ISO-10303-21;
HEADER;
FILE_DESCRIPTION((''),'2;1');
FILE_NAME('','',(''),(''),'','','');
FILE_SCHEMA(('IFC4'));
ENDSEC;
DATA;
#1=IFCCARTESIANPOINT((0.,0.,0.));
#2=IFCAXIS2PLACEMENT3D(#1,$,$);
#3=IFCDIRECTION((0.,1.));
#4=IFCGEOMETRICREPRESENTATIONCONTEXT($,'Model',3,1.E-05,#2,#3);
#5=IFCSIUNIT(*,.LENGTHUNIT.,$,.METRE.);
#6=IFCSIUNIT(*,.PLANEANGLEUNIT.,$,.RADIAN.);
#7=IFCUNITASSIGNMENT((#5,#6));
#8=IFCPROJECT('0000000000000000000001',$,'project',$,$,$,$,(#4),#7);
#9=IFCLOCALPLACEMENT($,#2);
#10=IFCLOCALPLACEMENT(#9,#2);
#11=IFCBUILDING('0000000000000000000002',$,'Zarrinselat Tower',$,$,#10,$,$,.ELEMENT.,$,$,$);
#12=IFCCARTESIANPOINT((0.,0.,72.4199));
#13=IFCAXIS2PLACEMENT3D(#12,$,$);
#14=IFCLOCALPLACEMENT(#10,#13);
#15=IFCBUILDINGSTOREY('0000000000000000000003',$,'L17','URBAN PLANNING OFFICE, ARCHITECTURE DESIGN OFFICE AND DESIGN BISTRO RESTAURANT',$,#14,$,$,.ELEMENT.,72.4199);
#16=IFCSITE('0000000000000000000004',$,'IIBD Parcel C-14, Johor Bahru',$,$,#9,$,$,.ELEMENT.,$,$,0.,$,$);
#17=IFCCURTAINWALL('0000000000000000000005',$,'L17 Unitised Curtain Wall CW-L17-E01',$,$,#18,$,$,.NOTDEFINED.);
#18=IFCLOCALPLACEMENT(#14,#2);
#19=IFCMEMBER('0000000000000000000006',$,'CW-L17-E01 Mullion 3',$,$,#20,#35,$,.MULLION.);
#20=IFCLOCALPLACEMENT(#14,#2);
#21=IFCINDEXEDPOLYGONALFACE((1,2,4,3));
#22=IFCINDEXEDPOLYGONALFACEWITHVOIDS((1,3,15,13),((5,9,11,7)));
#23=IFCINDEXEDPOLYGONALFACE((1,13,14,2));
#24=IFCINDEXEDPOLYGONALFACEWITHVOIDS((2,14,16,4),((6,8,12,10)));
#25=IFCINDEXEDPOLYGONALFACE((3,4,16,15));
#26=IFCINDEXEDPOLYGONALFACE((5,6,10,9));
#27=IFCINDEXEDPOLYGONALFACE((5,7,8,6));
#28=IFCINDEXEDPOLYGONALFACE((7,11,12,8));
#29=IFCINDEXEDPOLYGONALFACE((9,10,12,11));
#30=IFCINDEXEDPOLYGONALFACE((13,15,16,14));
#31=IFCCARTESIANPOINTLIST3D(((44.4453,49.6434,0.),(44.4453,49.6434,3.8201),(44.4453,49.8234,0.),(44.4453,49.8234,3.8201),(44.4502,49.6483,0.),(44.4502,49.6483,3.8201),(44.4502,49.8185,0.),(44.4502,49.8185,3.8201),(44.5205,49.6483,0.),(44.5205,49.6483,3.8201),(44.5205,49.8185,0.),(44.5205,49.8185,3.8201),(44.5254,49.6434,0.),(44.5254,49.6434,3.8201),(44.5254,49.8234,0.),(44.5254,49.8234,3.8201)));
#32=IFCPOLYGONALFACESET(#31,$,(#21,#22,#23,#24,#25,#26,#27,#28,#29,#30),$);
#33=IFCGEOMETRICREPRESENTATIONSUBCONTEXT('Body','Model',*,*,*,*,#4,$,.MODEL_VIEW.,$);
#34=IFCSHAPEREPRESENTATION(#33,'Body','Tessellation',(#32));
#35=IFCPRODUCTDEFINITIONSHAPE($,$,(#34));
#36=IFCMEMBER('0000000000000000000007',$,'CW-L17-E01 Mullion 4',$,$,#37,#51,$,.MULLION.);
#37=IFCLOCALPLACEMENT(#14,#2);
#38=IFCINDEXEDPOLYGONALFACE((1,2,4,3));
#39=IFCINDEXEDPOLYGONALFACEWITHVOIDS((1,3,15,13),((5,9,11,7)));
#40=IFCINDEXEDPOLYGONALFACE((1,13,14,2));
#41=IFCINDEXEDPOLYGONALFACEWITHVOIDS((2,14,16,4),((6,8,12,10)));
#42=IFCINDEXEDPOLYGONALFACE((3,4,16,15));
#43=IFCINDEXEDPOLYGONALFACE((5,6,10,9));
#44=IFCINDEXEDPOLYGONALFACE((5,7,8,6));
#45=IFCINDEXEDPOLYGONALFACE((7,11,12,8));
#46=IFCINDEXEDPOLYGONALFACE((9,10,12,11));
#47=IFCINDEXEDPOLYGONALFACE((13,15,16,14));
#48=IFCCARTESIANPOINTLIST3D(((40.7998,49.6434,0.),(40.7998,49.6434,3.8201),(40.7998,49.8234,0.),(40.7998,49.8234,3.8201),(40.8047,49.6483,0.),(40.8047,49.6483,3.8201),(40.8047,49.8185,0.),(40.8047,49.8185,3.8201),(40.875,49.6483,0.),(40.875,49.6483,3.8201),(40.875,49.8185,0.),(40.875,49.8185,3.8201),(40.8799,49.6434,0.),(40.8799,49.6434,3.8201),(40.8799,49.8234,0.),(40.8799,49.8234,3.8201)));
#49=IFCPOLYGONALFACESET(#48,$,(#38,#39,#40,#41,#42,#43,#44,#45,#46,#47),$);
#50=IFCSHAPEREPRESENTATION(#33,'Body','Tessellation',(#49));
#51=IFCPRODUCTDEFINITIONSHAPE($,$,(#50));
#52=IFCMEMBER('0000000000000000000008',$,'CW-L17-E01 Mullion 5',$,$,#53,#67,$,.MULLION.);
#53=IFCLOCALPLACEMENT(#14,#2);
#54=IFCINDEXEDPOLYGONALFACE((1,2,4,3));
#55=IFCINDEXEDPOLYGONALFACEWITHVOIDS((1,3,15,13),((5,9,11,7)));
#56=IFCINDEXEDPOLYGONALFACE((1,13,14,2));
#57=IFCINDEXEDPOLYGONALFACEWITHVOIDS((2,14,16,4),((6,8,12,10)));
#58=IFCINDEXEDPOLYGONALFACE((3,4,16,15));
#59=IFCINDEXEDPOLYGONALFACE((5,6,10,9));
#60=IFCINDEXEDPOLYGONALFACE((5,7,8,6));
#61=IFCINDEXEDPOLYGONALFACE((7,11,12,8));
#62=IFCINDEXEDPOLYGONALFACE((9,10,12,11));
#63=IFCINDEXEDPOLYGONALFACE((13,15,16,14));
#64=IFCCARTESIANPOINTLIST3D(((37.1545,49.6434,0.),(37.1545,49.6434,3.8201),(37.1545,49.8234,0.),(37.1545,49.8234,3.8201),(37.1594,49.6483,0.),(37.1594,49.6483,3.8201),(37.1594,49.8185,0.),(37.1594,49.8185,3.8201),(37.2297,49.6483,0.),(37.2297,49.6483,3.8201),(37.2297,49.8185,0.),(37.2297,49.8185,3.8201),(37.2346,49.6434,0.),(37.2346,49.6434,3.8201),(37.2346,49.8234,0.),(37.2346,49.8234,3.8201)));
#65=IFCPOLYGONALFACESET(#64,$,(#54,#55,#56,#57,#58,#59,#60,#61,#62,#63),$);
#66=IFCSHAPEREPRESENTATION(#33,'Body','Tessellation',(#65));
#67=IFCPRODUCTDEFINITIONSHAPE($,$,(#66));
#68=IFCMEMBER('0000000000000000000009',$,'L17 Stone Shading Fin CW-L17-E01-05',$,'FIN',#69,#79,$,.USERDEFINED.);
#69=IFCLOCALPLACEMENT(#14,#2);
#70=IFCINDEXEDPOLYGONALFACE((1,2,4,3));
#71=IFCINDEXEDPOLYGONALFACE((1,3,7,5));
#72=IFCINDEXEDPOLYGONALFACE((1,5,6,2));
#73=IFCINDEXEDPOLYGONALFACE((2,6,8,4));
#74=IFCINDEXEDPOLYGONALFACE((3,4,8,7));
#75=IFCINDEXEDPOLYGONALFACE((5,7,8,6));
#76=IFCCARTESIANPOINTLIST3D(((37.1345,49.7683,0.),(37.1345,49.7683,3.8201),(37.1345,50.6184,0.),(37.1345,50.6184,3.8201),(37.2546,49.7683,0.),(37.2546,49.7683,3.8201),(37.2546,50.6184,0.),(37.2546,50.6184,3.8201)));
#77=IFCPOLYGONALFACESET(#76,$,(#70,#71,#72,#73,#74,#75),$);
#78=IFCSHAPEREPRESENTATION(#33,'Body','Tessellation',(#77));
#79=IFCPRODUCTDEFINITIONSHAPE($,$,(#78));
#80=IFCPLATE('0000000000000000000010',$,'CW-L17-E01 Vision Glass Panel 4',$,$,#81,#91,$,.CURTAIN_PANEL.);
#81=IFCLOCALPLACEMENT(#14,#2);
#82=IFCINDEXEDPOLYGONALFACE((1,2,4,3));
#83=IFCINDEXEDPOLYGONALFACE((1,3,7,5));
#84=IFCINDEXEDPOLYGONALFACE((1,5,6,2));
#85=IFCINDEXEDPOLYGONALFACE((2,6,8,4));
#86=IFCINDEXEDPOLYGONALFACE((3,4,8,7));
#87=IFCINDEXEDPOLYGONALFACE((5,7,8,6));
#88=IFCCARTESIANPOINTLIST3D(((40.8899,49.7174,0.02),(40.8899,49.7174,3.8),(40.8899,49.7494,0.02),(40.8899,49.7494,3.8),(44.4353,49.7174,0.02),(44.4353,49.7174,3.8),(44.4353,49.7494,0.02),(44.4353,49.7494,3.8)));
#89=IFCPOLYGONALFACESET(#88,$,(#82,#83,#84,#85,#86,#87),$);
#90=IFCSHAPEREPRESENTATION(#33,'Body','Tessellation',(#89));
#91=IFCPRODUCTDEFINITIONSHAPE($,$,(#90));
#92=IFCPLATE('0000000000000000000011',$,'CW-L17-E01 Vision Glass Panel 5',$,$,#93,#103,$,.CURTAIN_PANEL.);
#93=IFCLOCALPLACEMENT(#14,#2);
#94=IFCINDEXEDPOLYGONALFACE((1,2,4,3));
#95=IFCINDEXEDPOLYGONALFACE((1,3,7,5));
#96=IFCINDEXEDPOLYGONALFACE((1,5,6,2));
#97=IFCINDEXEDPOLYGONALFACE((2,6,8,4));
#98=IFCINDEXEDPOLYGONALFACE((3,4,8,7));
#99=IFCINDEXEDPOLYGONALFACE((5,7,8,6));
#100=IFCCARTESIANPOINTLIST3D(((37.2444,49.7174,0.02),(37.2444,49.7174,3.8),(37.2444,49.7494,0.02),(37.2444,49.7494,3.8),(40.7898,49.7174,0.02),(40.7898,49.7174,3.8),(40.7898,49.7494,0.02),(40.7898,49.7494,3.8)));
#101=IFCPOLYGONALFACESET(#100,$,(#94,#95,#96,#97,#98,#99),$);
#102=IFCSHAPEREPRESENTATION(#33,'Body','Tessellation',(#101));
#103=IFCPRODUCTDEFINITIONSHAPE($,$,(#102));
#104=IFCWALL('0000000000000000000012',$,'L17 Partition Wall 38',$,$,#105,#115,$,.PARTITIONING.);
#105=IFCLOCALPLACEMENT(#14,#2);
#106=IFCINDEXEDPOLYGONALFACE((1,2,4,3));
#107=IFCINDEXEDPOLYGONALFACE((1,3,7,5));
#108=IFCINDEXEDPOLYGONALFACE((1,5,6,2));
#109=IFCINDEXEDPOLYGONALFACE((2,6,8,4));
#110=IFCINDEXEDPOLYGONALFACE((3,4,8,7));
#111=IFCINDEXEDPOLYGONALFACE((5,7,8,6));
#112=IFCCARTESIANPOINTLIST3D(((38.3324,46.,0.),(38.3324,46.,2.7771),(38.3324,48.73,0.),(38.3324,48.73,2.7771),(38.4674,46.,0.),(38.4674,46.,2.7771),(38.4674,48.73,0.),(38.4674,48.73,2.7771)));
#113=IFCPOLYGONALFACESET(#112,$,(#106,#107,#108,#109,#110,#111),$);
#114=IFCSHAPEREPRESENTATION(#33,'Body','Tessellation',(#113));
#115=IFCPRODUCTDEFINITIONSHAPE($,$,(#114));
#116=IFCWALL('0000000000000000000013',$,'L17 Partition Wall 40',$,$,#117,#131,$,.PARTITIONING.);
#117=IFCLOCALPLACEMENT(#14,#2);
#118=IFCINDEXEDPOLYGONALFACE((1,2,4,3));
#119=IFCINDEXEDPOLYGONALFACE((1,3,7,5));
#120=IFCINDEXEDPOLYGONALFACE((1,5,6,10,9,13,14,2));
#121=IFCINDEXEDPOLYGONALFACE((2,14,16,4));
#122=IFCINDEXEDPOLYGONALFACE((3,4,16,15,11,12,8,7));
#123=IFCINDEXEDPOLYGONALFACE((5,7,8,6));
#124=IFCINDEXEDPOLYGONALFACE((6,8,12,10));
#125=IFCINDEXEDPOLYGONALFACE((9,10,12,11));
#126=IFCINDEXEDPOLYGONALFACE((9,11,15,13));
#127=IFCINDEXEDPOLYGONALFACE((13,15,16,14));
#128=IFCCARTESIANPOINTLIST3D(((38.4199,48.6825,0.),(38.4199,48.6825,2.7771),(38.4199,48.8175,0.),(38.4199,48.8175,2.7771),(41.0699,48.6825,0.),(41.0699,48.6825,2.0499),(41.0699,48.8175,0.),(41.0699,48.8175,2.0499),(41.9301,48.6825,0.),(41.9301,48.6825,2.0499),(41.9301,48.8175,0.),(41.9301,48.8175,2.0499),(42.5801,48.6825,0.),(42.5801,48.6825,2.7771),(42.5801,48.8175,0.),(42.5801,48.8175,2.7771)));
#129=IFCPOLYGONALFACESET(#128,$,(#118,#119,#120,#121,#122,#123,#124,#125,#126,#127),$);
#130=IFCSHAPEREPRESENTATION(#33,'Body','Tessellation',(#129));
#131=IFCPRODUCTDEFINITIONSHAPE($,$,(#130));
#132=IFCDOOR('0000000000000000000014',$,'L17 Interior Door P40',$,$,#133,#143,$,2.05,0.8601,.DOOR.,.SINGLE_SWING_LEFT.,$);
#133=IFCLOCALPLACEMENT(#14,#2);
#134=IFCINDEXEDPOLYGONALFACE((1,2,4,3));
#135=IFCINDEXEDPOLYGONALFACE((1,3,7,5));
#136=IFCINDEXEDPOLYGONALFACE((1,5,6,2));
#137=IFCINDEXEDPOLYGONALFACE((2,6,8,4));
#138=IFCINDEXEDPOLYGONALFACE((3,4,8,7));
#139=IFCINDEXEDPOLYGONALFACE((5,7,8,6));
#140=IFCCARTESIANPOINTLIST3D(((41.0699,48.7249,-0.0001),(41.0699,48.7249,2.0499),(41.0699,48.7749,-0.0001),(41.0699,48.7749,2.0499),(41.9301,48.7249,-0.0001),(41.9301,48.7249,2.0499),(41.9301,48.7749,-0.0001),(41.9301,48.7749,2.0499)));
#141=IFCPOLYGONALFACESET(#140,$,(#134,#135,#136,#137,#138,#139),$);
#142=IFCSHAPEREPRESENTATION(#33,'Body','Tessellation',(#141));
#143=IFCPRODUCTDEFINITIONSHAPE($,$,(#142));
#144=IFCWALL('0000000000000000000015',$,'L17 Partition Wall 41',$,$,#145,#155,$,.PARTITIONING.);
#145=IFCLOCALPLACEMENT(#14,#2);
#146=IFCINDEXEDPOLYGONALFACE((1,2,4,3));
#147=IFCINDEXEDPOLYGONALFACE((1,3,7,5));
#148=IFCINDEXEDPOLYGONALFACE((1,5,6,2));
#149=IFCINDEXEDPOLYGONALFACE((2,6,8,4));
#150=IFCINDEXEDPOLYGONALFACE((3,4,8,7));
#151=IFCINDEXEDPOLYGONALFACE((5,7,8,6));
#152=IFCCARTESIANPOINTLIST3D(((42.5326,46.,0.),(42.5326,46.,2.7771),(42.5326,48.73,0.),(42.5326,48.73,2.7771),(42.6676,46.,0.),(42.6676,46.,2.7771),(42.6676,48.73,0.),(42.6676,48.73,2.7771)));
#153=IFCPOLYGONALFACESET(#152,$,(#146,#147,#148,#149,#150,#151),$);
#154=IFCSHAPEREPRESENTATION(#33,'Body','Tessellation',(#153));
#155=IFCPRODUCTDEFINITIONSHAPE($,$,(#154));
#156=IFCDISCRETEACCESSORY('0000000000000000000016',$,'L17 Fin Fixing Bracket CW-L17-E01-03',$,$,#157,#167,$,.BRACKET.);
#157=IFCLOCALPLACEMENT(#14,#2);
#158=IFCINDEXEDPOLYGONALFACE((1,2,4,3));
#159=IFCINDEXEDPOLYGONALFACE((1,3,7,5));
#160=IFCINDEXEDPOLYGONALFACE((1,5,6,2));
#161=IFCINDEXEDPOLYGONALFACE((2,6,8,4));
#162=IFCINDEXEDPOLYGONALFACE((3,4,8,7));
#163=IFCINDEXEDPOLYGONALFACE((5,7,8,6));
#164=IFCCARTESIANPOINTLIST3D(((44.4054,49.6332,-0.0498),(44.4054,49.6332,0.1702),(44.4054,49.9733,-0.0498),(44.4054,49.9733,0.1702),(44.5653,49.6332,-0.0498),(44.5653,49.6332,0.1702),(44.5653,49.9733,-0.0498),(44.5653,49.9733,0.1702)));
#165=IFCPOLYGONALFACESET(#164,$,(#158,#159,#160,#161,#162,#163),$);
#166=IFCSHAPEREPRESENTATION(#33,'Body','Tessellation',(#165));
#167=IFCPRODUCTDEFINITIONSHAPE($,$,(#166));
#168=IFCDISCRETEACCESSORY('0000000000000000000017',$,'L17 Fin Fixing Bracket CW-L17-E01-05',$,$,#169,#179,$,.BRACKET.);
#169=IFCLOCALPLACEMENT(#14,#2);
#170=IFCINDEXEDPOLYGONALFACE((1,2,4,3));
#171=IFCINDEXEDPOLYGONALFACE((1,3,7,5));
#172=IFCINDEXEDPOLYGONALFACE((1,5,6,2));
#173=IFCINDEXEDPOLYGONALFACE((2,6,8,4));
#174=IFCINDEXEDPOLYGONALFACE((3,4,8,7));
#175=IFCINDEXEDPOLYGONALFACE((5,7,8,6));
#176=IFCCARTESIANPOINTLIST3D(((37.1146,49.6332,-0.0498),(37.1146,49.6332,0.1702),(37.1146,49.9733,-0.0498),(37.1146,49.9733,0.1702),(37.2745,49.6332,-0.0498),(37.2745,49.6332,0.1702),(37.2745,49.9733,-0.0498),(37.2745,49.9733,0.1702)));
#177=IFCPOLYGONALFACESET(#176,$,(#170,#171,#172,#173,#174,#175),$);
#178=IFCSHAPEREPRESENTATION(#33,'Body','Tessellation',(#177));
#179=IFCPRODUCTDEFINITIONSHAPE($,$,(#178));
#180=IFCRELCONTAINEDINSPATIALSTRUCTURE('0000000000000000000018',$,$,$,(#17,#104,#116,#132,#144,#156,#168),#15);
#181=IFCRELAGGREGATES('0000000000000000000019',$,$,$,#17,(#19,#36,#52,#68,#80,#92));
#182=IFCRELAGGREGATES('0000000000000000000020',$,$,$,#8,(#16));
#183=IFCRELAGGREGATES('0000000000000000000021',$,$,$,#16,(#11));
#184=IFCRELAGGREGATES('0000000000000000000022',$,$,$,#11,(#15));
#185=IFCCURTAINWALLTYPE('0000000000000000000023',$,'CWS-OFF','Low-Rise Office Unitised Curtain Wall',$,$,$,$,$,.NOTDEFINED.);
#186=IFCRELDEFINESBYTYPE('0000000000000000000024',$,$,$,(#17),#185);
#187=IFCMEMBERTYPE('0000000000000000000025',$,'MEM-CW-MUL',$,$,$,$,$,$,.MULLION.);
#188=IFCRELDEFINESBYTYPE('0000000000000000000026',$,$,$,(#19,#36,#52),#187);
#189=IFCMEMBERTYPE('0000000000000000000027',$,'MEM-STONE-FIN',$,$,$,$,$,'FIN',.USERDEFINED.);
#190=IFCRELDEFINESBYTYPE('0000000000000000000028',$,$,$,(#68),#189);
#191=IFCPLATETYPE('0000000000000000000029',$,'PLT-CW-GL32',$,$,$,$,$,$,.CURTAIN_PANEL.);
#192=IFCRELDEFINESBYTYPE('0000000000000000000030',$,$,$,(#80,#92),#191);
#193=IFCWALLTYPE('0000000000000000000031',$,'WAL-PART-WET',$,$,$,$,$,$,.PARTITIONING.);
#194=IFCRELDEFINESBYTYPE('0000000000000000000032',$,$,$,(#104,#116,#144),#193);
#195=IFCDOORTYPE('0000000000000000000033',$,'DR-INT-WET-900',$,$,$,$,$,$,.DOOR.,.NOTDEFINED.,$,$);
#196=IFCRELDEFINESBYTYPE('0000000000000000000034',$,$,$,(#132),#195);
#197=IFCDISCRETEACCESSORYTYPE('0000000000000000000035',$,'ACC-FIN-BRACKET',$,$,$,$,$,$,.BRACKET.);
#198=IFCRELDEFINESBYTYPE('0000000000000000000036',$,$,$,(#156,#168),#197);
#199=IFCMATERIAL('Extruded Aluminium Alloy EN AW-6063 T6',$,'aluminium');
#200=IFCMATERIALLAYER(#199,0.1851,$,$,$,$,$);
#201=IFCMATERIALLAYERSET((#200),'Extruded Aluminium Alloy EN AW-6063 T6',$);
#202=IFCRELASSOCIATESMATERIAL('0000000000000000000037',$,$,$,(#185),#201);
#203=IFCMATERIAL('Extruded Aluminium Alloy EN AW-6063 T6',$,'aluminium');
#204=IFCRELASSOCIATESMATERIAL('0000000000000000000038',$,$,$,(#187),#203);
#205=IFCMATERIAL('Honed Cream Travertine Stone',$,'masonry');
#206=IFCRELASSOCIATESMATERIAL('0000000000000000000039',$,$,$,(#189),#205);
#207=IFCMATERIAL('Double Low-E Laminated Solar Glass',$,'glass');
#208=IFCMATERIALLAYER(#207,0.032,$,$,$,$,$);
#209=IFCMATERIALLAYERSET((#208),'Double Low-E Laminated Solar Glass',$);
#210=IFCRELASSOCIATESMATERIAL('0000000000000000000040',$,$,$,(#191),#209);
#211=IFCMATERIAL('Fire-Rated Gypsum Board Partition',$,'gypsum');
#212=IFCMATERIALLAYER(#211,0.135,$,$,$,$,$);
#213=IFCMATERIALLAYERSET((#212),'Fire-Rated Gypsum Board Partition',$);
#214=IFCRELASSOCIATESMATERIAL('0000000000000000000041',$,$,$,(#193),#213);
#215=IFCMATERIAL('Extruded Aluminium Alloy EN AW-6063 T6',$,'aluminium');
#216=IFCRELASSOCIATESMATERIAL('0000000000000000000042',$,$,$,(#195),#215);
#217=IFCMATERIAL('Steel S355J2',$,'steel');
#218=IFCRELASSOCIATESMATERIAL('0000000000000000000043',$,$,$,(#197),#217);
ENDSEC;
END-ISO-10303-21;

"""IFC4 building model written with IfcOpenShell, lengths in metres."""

from ifc_helpers import new_model, si_unit, direction, frame, frame_2d, origin, origin_2d, place, context, subcontext, project, spatial, rectangle, hollow_rectangle, extrude, material, layer, layer_set, material_profile, profile_set, type_object, element, fill, aggregate, save


model = new_model("IFC4")

# Units and contexts
model_context = context("Model", 3, precision=1e-05, world=origin(), true_north=direction((0.0, 1.0)))
body_context = subcontext(model_context, "Body", "Model", "MODEL_VIEW")
ifc_project = project(units=[si_unit("LENGTHUNIT", "METRE"), si_unit("PLANEANGLEUNIT", "RADIAN")], contexts=[model_context])

# Site, building, storey
site_placement = place(None, origin())
site = spatial("IfcSite", under=ifc_project, at=site_placement, Name="IIBD Parcel C-14, Johor Bahru", CompositionType="ELEMENT", RefElevation=0.0)
building_placement = place(site_placement, origin())
building = spatial("IfcBuilding", under=site, at=building_placement, Name="Zarrinselat Tower", CompositionType="ELEMENT")
storey_placement = place(building_placement, frame((0.0, 0.0, 72.4199)))
storey = spatial("IfcBuildingStorey", under=building, at=storey_placement, Name="L17", Description="URBAN PLANNING OFFICE, ARCHITECTURE DESIGN OFFICE AND DESIGN BISTRO RESTAURANT", CompositionType="ELEMENT", Elevation=72.4199)

# Curtain wall, members, plates
ifc_material_1 = material(Name="Extruded Aluminium Alloy EN AW-6063 T6", Category="aluminium")
ifc_layer_1 = layer(ifc_material_1, 0.1851)
ifc_layer_set_1 = layer_set([ifc_layer_1], Name="Extruded Aluminium Alloy EN AW-6063 T6")
curtain_wall_type = type_object("IfcCurtainWallType", Name="CWS-OFF", Description="Low-Rise Office Unitised Curtain Wall", PredefinedType="NOTDEFINED", material=ifc_layer_set_1)
curtain_wall_placement = place(storey_placement, origin())
curtain_wall = element("IfcCurtainWall", 1, at=curtain_wall_placement, inside=storey, type_object=curtain_wall_type, Name="L17 Unitised Curtain Wall CW-L17-E01", PredefinedType="NOTDEFINED")
ifc_material_2 = material(Name="Extruded Aluminium Alloy EN AW-6063 T6", Category="aluminium")
ifc_material_profile_1 = material_profile(ifc_material_2, hollow_rectangle(XDim=0.0801, YDim=0.1799, WallThickness=0.0049, at=origin_2d()), Name="RHS 180x80x5")
ifc_profile_set_1 = profile_set([ifc_material_profile_1], Name="Extruded Aluminium Alloy EN AW-6063 T6")
member_type_1 = type_object("IfcMemberType", Name="MEM-CW-MUL", PredefinedType="MULLION", material=ifc_profile_set_1)
member_1_placement = place(storey_placement, frame((44.4854, 49.7334, 0.0), z_axis=(0.0, 0.0, 1.0), x_axis=(-1.0, 0.0, 0.0)))
member_1 = element("IfcMember", 2, at=member_1_placement, type_object=member_type_1, Name="CW-L17-E01 Mullion 3", PredefinedType="MULLION", context=body_context, shape_type="SweptSolid", body=[
    extrude(hollow_rectangle(XDim=0.0801, YDim=0.1799, WallThickness=0.0049, at=origin_2d()), origin(), (0.0, 0.0, 1.0), 3.8201),
])
member_2_placement = place(storey_placement, frame((40.8398, 49.7334, 0.0), z_axis=(0.0, 0.0, 1.0), x_axis=(-1.0, 0.0, 0.0)))
member_2 = element("IfcMember", 3, at=member_2_placement, type_object=member_type_1, Name="CW-L17-E01 Mullion 4", PredefinedType="MULLION", context=body_context, shape_type="SweptSolid", body=[
    extrude(hollow_rectangle(XDim=0.0801, YDim=0.1799, WallThickness=0.0049, at=origin_2d()), origin(), (0.0, 0.0, 1.0), 3.8201),
])
member_3_placement = place(storey_placement, frame((37.1946, 49.7334, 0.0), z_axis=(0.0, 0.0, 1.0), x_axis=(-1.0, 0.0, 0.0)))
member_3 = element("IfcMember", 4, at=member_3_placement, type_object=member_type_1, Name="CW-L17-E01 Mullion 5", PredefinedType="MULLION", context=body_context, shape_type="SweptSolid", body=[
    extrude(hollow_rectangle(XDim=0.0801, YDim=0.1799, WallThickness=0.0049, at=origin_2d()), origin(), (0.0, 0.0, 1.0), 3.8201),
])
ifc_material_3 = material(Name="Honed Cream Travertine Stone", Category="masonry")
ifc_material_profile_2 = material_profile(ifc_material_3, rectangle(XDim=0.1201, YDim=0.8501, at=origin_2d()), Name="FIN 850x120")
ifc_profile_set_2 = profile_set([ifc_material_profile_2], Name="Honed Cream Travertine Stone")
member_type_2 = type_object("IfcMemberType", Name="MEM-STONE-FIN", ElementType="FIN", PredefinedType="USERDEFINED", material=ifc_profile_set_2)
member_4_placement = place(storey_placement, frame((37.1946, 50.1934, 0.0), z_axis=(0.0, 0.0, 1.0), x_axis=(1.0, 0.0, 0.0)))
member_4 = element("IfcMember", 5, at=member_4_placement, type_object=member_type_2, Name="L17 Stone Shading Fin CW-L17-E01-05", ObjectType="FIN", PredefinedType="USERDEFINED", context=body_context, shape_type="SweptSolid", body=[
    extrude(rectangle(XDim=0.1201, YDim=0.8501, at=origin_2d()), origin(), (0.0, 0.0, 1.0), 3.8201),
])
ifc_material_4 = material(Name="Double Low-E Laminated Solar Glass", Category="glass")
ifc_layer_2 = layer(ifc_material_4, 0.032)
ifc_layer_set_2 = layer_set([ifc_layer_2], Name="Double Low-E Laminated Solar Glass")
plate_type = type_object("IfcPlateType", Name="PLT-CW-GL32", PredefinedType="CURTAIN_PANEL", material=ifc_layer_set_2)
plate_1_placement = place(storey_placement, frame((42.6626, 49.7334, 0.02), z_axis=(0.0, 0.0, 1.0), x_axis=(-1.0, 0.0, 0.0)))
plate_1 = element("IfcPlate", 6, at=plate_1_placement, type_object=plate_type, Name="CW-L17-E01 Vision Glass Panel 4", PredefinedType="CURTAIN_PANEL", context=body_context, shape_type="SweptSolid", body=[
    extrude(rectangle(XDim=3.5454, YDim=0.032, at=origin_2d()), origin(), (0.0, 0.0, 1.0), 3.78),
])
plate_2_placement = place(storey_placement, frame((39.0171, 49.7334, 0.02), z_axis=(0.0, 0.0, 1.0), x_axis=(-1.0, 0.0, 0.0)))
plate_2 = element("IfcPlate", 7, at=plate_2_placement, type_object=plate_type, Name="CW-L17-E01 Vision Glass Panel 5", PredefinedType="CURTAIN_PANEL", context=body_context, shape_type="SweptSolid", body=[
    extrude(rectangle(XDim=3.5454, YDim=0.032, at=origin_2d()), origin(), (0.0, 0.0, 1.0), 3.78),
])
aggregate(curtain_wall, [member_1, member_2, member_3, member_4, plate_1, plate_2])

# Wall
ifc_material_5 = material(Name="Fire-Rated Gypsum Board Partition", Category="gypsum")
ifc_layer_3 = layer(ifc_material_5, 0.135)
ifc_layer_set_3 = layer_set([ifc_layer_3], Name="Fire-Rated Gypsum Board Partition")
wall_type = type_object("IfcWallType", Name="WAL-PART-WET", PredefinedType="PARTITIONING", material=ifc_layer_set_3)
wall_1_placement = place(storey_placement, frame((38.3999, 46.0, 0.0), z_axis=(0.0, 0.0, 1.0), x_axis=(0.0, 1.0, 0.0)))
element("IfcWall", 8, at=wall_1_placement, inside=storey, type_object=wall_type, Name="L17 Partition Wall 38", PredefinedType="PARTITIONING", context=body_context, shape_type="SweptSolid", body=[
    extrude(rectangle(XDim=2.73, YDim=0.135, at=frame_2d((1.365, 0.0))), origin(), (0.0, 0.0, 1.0), 2.7771),
])

# Wall, opening, door
wall_2_placement = place(storey_placement, frame((38.4199, 48.75, 0.0), z_axis=(0.0, 0.0, 1.0), x_axis=(1.0, 0.0, 0.0)))
wall_2 = element("IfcWall", 9, at=wall_2_placement, inside=storey, type_object=wall_type, Name="L17 Partition Wall 40", PredefinedType="PARTITIONING", context=body_context, shape_type="SweptSolid", body=[
    extrude(rectangle(XDim=4.1602, YDim=0.135, at=frame_2d((2.0801, 0.0))), origin(), (0.0, 0.0, 1.0), 2.7771),
])
opening_placement = place(wall_2_placement, frame((2.6499, 0.0, 0.0)))
opening = element("IfcOpeningElement", 10, at=opening_placement, cuts=wall_2, PredefinedType="OPENING", context=body_context, shape_type="SweptSolid", body=[
    extrude(rectangle(XDim=0.8601, YDim=2.05, at=frame_2d((0.4302, 1.0249))), frame((0.0, 0.0774, 0.0), z_axis=(0.0, -1.0, 0.0), x_axis=(1.0, 0.0, 0.0)), (0.0, 0.0, 1.0), 0.155),
])
ifc_material_6 = material(Name="Extruded Aluminium Alloy EN AW-6063 T6", Category="aluminium")
door_type = type_object("IfcDoorType", Name="DR-INT-WET-900", OperationType="NOTDEFINED", PredefinedType="DOOR", material=ifc_material_6)
door_placement = place(opening_placement, origin())
door = element("IfcDoor", 11, at=door_placement, inside=storey, type_object=door_type, Name="L17 Interior Door P40", OperationType="SINGLE_SWING_LEFT", OverallHeight=2.05, OverallWidth=0.8601, PredefinedType="DOOR", context=body_context, shape_type="SweptSolid", body=[
    extrude(rectangle(XDim=0.8601, YDim=2.05, at=frame_2d((0.4302, 1.0249))), frame((0.0, 0.0249, 0.0), z_axis=(0.0, -1.0, 0.0), x_axis=(1.0, 0.0, 0.0)), (0.0, 0.0, 1.0), 0.05),
])
fill(opening, door)

# Wall
wall_3_placement = place(storey_placement, frame((42.6001, 46.0, 0.0), z_axis=(0.0, 0.0, 1.0), x_axis=(0.0, 1.0, 0.0)))
element("IfcWall", 12, at=wall_3_placement, inside=storey, type_object=wall_type, Name="L17 Partition Wall 41", PredefinedType="PARTITIONING", context=body_context, shape_type="SweptSolid", body=[
    extrude(rectangle(XDim=2.73, YDim=0.135, at=frame_2d((1.365, 0.0))), origin(), (0.0, 0.0, 1.0), 2.7771),
])

# Discrete accessories
ifc_material_7 = material(Name="Steel S355J2", Category="steel")
discrete_accessory_type = type_object("IfcDiscreteAccessoryType", Name="ACC-FIN-BRACKET", PredefinedType="BRACKET", material=ifc_material_7)
for number, where, z_axis, x_axis, name in (
    (13, (44.4854, 49.8032, -0.0498), (0.0, 0.0, 1.0), (0.0, 1.0, 0.0), "L17 Fin Fixing Bracket CW-L17-E01-03"),
    (14, (37.1946, 49.8032, -0.0498), (0.0, 0.0, 1.0), (0.0, 1.0, 0.0), "L17 Fin Fixing Bracket CW-L17-E01-05"),
):
    element("IfcDiscreteAccessory", number, at=place(storey_placement, frame(where, z_axis=z_axis, x_axis=x_axis)), inside=storey, type_object=discrete_accessory_type, Name=name, PredefinedType="BRACKET", context=body_context, shape_type="SweptSolid", body=[
        extrude(rectangle(XDim=0.3401, YDim=0.1599, at=origin_2d()), origin(), (0.0, 0.0, 1.0), 0.22),
    ])

save(model, "model.ifc")
